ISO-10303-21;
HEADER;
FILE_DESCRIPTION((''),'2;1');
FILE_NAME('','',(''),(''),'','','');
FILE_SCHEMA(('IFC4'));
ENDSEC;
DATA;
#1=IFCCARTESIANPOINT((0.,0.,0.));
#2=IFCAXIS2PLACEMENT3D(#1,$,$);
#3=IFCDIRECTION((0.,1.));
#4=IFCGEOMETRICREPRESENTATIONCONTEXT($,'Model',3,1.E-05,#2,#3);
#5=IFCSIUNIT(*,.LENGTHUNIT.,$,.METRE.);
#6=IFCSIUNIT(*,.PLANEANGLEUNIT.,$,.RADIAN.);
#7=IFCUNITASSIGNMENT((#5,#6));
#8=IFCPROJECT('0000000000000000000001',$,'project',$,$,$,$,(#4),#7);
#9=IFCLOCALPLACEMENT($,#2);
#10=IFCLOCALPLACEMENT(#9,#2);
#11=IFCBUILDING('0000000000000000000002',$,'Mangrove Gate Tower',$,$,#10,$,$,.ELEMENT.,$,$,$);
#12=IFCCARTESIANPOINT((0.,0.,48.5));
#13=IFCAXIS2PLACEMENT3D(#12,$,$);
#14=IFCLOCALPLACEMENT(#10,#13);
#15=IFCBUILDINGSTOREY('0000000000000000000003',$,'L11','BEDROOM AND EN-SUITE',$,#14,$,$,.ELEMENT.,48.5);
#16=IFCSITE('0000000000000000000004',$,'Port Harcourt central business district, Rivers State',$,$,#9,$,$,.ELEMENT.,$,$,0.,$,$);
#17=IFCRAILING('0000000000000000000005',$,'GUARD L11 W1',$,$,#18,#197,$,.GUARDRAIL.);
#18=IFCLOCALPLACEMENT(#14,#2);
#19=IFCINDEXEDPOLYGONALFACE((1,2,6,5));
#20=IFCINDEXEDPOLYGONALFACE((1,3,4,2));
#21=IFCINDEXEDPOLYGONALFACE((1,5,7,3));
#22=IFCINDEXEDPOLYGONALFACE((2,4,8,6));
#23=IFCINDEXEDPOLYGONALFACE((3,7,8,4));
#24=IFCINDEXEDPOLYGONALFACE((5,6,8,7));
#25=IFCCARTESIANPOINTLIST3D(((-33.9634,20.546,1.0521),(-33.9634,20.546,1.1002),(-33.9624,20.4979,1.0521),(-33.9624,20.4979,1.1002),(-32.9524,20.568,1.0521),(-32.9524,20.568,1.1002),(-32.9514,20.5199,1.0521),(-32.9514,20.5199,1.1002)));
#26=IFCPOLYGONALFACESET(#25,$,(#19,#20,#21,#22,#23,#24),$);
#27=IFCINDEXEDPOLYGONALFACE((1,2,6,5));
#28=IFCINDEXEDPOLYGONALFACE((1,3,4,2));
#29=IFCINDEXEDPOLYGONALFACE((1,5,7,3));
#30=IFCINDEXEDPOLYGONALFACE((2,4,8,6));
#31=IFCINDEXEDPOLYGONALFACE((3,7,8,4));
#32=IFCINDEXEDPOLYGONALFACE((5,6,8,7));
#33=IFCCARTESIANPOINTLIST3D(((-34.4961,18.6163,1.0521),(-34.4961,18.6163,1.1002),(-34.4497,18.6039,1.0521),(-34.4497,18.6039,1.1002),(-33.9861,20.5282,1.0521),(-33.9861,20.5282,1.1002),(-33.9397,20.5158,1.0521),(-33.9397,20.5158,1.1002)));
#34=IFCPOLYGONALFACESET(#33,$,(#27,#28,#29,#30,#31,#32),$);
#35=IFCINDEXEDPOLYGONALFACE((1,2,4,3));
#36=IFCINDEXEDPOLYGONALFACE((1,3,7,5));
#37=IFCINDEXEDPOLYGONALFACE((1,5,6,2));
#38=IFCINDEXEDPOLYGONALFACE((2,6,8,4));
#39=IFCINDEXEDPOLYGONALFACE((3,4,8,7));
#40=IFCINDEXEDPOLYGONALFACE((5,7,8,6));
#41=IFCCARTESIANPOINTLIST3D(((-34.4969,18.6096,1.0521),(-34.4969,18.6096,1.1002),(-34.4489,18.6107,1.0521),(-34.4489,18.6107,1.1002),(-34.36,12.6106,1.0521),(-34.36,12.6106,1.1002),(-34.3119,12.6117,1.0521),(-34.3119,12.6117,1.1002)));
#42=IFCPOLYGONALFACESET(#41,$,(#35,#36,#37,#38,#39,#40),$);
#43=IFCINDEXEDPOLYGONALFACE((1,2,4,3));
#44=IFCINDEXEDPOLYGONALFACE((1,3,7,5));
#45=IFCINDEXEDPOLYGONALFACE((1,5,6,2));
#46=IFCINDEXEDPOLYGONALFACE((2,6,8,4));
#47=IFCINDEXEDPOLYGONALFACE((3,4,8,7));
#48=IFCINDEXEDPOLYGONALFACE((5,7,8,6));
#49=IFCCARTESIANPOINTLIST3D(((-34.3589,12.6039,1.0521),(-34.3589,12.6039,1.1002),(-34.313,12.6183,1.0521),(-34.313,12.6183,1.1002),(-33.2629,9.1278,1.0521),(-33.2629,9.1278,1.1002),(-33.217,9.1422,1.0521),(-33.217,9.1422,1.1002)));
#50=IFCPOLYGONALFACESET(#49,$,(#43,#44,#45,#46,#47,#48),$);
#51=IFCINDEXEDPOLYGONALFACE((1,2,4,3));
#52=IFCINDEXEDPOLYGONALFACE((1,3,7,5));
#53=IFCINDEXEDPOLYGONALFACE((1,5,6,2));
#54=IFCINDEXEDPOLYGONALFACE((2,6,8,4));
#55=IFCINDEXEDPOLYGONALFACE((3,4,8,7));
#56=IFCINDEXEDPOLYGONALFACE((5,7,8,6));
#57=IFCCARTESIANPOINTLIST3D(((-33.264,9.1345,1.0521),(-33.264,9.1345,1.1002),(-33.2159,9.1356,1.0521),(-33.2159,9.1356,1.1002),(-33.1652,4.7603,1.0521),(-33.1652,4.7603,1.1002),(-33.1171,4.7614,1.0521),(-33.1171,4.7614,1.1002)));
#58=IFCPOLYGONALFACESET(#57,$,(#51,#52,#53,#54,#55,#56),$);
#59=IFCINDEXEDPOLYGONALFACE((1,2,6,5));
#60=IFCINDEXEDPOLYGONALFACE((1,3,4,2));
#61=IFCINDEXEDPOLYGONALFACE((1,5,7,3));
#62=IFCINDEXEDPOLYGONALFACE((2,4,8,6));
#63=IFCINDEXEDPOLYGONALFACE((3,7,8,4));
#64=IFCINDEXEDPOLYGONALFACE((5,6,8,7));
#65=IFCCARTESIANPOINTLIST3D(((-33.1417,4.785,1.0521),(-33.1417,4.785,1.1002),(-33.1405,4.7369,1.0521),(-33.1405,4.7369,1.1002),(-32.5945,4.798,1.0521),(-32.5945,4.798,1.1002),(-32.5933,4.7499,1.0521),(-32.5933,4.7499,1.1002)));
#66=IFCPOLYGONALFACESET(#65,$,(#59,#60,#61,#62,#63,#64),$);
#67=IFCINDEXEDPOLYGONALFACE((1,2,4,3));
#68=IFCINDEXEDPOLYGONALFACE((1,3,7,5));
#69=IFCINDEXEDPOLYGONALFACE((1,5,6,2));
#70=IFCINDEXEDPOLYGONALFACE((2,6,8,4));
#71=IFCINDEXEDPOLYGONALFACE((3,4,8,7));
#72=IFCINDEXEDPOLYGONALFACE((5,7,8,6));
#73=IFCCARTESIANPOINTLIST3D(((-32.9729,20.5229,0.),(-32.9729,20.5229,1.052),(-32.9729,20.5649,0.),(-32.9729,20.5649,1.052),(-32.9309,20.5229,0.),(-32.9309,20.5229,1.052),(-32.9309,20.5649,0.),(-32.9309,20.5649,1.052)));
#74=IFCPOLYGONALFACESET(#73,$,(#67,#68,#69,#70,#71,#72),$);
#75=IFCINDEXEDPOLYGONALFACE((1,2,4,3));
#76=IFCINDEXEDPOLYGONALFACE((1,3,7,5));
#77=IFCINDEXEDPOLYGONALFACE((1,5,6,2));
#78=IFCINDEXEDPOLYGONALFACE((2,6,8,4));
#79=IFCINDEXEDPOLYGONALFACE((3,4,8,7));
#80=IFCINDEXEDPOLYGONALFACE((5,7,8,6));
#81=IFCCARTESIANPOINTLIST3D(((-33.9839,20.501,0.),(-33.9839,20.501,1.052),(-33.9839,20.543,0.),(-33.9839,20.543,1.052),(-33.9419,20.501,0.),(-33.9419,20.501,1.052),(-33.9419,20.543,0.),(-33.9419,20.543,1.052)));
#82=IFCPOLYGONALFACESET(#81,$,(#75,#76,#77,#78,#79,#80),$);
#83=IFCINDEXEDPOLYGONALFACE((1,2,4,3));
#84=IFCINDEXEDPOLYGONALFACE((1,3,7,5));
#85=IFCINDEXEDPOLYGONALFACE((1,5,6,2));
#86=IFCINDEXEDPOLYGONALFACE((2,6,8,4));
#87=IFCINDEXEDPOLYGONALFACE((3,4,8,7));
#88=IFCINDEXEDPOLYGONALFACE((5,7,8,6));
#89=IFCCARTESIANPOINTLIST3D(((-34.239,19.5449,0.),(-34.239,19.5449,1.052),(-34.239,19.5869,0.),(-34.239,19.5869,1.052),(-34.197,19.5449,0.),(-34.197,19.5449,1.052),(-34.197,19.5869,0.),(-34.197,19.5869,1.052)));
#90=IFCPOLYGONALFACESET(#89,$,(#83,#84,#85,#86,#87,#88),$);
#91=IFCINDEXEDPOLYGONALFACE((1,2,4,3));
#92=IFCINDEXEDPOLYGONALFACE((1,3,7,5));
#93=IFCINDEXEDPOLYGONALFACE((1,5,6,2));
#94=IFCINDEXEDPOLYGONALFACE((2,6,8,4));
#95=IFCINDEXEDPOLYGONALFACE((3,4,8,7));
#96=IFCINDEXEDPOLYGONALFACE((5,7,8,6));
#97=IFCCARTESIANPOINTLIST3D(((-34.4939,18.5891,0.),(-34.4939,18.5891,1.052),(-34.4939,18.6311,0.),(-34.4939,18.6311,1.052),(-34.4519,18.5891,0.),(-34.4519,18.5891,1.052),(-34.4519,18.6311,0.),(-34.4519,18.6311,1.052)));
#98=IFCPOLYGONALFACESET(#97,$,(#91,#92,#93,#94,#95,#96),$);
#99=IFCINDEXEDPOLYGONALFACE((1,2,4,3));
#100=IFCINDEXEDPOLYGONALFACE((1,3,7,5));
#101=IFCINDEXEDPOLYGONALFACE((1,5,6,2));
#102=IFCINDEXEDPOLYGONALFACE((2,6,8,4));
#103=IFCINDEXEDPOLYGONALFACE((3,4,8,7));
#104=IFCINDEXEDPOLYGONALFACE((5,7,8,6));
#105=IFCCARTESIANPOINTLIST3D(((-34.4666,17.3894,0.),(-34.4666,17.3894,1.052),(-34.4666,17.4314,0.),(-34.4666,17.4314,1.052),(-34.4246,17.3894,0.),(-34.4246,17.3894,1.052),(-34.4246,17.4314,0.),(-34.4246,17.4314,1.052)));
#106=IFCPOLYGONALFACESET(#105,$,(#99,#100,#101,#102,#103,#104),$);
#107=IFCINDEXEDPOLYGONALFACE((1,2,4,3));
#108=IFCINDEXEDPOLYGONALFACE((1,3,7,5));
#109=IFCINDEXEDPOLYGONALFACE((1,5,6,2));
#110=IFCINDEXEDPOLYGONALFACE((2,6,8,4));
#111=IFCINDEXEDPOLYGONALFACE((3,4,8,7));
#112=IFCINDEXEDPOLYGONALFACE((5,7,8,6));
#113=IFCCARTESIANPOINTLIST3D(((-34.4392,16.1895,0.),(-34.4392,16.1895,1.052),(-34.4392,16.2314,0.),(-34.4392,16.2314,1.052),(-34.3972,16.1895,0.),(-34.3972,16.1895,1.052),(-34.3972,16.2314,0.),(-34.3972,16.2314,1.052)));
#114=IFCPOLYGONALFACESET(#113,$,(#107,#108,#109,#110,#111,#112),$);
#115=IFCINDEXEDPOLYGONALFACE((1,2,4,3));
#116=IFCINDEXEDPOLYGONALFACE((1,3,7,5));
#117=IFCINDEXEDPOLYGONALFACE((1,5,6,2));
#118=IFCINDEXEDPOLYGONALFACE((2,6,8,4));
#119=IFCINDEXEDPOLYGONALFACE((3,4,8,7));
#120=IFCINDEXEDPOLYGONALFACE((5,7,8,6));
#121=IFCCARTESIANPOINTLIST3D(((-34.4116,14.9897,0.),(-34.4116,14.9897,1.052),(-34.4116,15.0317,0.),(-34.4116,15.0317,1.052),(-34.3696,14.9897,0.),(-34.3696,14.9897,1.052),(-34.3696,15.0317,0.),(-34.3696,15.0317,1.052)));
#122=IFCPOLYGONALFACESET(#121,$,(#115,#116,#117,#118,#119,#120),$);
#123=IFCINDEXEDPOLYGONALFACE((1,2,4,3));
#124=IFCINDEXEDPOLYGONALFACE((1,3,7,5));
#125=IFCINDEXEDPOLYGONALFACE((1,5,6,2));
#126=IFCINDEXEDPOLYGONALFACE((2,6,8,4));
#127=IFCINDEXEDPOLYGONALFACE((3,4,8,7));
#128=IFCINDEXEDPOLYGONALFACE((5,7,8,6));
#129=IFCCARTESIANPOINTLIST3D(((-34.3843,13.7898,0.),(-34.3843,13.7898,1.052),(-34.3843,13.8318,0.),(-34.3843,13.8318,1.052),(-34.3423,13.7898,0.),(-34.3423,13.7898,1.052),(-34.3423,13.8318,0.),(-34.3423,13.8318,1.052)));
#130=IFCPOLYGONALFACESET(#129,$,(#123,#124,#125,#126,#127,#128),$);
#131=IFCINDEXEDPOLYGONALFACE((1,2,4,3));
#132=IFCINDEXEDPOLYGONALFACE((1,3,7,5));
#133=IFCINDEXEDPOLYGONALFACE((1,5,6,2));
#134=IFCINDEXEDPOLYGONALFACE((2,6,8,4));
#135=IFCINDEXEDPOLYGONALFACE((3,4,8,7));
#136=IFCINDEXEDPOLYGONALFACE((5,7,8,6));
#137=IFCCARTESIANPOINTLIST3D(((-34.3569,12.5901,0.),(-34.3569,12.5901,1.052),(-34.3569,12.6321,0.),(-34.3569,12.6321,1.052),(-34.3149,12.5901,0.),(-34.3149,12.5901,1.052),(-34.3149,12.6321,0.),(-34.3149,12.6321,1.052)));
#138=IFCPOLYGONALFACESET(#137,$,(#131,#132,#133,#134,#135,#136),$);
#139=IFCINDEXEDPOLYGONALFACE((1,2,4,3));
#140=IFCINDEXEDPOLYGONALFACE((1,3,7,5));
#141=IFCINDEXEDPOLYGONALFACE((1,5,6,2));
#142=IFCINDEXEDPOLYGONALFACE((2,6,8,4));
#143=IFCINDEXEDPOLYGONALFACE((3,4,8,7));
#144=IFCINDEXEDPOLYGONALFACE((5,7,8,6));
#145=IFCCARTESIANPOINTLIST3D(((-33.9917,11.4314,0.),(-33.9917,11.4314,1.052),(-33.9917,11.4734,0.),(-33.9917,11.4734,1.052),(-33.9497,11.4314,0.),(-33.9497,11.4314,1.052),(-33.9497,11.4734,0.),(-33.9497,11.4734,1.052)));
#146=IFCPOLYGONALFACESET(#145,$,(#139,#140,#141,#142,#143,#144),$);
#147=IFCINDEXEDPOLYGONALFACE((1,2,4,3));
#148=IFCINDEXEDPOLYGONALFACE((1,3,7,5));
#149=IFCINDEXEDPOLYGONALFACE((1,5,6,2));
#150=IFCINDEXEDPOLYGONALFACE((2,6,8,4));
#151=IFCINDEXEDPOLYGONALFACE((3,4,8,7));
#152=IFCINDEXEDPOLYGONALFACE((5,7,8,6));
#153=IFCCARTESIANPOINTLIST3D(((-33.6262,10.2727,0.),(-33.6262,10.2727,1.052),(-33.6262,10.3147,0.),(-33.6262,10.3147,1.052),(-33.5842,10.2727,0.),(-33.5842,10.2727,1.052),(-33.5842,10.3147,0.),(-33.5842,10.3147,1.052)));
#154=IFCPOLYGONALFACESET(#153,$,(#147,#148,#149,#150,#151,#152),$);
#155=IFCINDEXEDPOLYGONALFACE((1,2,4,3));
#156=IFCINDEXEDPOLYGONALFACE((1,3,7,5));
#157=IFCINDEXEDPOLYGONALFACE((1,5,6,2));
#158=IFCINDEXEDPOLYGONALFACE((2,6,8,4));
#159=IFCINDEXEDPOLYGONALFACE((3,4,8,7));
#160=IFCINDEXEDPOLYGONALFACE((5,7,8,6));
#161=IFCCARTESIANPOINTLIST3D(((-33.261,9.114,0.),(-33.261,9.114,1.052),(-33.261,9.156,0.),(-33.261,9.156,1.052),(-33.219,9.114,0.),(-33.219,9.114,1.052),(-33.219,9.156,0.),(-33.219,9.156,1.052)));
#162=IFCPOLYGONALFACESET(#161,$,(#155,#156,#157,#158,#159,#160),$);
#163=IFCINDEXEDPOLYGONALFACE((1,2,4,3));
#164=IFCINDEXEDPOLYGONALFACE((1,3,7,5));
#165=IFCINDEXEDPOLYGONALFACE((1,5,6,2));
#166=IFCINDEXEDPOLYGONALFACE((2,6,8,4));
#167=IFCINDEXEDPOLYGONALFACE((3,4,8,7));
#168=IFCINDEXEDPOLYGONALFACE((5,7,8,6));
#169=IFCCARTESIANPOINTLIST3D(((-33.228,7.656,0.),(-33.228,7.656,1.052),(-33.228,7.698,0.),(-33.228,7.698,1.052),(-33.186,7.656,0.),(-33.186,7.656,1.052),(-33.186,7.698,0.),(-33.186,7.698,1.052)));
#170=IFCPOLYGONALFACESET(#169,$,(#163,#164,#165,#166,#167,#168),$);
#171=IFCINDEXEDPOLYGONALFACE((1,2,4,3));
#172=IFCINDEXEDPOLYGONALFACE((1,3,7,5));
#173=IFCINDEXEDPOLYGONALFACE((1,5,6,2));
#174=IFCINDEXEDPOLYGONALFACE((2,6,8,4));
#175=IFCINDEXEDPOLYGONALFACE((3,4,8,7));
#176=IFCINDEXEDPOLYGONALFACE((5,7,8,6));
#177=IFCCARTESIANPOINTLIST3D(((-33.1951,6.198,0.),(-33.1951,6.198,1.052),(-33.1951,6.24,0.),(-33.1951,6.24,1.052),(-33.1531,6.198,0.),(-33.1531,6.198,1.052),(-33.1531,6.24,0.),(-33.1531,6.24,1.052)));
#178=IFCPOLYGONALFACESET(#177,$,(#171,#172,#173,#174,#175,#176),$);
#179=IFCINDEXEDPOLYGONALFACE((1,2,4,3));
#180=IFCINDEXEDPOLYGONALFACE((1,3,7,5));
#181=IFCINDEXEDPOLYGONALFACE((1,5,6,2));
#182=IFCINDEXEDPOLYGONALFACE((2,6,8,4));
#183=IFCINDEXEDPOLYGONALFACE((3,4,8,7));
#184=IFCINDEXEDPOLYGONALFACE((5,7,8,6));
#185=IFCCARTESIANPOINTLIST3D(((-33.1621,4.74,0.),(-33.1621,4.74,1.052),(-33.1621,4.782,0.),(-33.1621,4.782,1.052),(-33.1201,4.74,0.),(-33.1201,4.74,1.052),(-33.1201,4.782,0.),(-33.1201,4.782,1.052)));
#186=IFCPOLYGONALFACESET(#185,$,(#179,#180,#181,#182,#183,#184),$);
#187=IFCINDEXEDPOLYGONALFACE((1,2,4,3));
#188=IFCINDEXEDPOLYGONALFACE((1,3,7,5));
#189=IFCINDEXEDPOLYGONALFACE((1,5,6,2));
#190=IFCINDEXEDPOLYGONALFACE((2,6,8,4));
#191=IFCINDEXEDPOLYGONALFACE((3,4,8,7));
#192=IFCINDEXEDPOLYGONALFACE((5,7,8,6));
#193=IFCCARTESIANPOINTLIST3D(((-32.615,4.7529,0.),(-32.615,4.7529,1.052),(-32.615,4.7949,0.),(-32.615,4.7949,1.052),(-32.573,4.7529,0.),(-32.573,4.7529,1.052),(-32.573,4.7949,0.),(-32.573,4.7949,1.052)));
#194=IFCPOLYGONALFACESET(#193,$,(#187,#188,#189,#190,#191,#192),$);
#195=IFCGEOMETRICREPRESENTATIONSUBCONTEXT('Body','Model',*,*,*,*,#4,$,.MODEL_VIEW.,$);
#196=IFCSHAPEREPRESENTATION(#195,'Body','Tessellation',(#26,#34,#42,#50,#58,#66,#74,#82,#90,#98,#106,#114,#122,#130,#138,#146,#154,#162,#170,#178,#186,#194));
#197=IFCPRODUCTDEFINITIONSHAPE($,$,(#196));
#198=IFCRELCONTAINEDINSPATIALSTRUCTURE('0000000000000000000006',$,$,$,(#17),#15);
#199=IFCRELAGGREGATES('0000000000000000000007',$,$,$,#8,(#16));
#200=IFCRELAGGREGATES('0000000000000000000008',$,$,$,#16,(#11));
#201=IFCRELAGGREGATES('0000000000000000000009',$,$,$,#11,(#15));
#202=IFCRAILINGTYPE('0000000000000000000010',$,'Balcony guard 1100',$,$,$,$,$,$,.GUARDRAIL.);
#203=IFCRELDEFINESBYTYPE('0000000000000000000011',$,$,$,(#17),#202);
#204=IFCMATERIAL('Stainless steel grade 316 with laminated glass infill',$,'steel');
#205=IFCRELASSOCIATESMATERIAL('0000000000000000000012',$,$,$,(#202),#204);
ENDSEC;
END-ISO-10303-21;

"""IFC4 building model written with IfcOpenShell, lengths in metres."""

from ifc_helpers import new_model, si_unit, direction, frame, origin, origin_2d, place, context, subcontext, project, spatial, rectangle, extrude, material, type_object, element, save


model = new_model("IFC4")

# Units and contexts
model_context = context("Model", 3, precision=1e-05, world=origin(), true_north=direction((0.0, 1.0)))
body_context = subcontext(model_context, "Body", "Model", "MODEL_VIEW")
ifc_project = project(units=[si_unit("LENGTHUNIT", "METRE"), si_unit("PLANEANGLEUNIT", "RADIAN")], contexts=[model_context])

# Site, building, storey
site_placement = place(None, origin())
site = spatial("IfcSite", under=ifc_project, at=site_placement, Name="Port Harcourt central business district, Rivers State", CompositionType="ELEMENT", RefElevation=0.0)
building_placement = place(site_placement, origin())
building = spatial("IfcBuilding", under=site, at=building_placement, Name="Mangrove Gate Tower", CompositionType="ELEMENT")
storey_placement = place(building_placement, frame((0.0, 0.0, 48.5)))
storey = spatial("IfcBuildingStorey", under=building, at=storey_placement, Name="L11", Description="BEDROOM AND EN-SUITE", CompositionType="ELEMENT", Elevation=48.5)

# Railing
ifc_material_1 = material(Name="Stainless steel grade 316 with laminated glass infill", Category="steel")
railing_type = type_object("IfcRailingType", Name="Balcony guard 1100", PredefinedType="GUARDRAIL", material=ifc_material_1)
railing_placement = place(storey_placement, frame((-32.9519, 20.5439, 0.0)))
element("IfcRailing", 1, at=railing_placement, inside=storey, type_object=railing_type, Name="GUARD L11 W1", PredefinedType="GUARDRAIL", context=body_context, shape_type="SweptSolid", body=[
    extrude(rectangle(XDim=0.0481, YDim=0.0481, at=origin_2d()), frame((0.0, 0.0, 1.0762), z_axis=(-0.999764, -0.021729, 0.0), x_axis=(0.021729, -0.999764, 0.0)), (0.0, 0.0, 1.0), 1.0112),
    extrude(rectangle(XDim=0.0481, YDim=0.0481, at=origin_2d()), frame((-1.011, -0.022, 1.0762), z_axis=(-0.257747, -0.966212, 0.0), x_axis=(0.966212, -0.257747, 0.0)), (0.0, 0.0, 1.0), 1.9788),
    extrude(rectangle(XDim=0.0481, YDim=0.0481, at=origin_2d()), frame((-1.521, -1.9338, 1.0762), z_axis=(0.022825, -0.999739, 0.0), x_axis=(0.999739, 0.022825, 0.0)), (0.0, 0.0, 1.0), 6.0005),
    extrude(rectangle(XDim=0.0481, YDim=0.0481, at=origin_2d()), frame((-1.384, -7.9329, 1.0762), z_axis=(0.300692, -0.953721, 0.0), x_axis=(0.953721, 0.300692, 0.0)), (0.0, 0.0, 1.0), 3.6448),
    extrude(rectangle(XDim=0.0481, YDim=0.0481, at=origin_2d()), frame((-0.2881, -11.4089, 1.0762), z_axis=(0.0226, -0.999745, 0.0), x_axis=(0.999745, 0.0226, 0.0)), (0.0, 0.0, 1.0), 4.3752),
    extrude(rectangle(XDim=0.0481, YDim=0.0481, at=origin_2d()), frame((-0.1892, -15.783, 1.0762), z_axis=(0.99972, 0.023644, 0.0), x_axis=(-0.023644, 0.99972, 0.0)), (0.0, 0.0, 1.0), 0.5474),
    extrude(rectangle(XDim=0.042, YDim=0.042, at=origin_2d()), origin(), (0.0, 0.0, 1.0), 1.052),
    extrude(rectangle(XDim=0.042, YDim=0.042, at=origin_2d()), frame((-1.011, -0.022, 0.0)), (0.0, 0.0, 1.0), 1.052),
    extrude(rectangle(XDim=0.042, YDim=0.042, at=origin_2d()), frame((-1.2661, -0.978, 0.0)), (0.0, 0.0, 1.0), 1.052),
    extrude(rectangle(XDim=0.042, YDim=0.042, at=origin_2d()), frame((-1.521, -1.9338, 0.0)), (0.0, 0.0, 1.0), 1.052),
    extrude(rectangle(XDim=0.042, YDim=0.042, at=origin_2d()), frame((-1.4937, -3.1335, 0.0)), (0.0, 0.0, 1.0), 1.052),
    extrude(rectangle(XDim=0.042, YDim=0.042, at=origin_2d()), frame((-1.4663, -4.3335, 0.0)), (0.0, 0.0, 1.0), 1.052),
    extrude(rectangle(XDim=0.042, YDim=0.042, at=origin_2d()), frame((-1.4387, -5.5332, 0.0)), (0.0, 0.0, 1.0), 1.052),
    extrude(rectangle(XDim=0.042, YDim=0.042, at=origin_2d()), frame((-1.4114, -6.7332, 0.0)), (0.0, 0.0, 1.0), 1.052),
    extrude(rectangle(XDim=0.042, YDim=0.042, at=origin_2d()), frame((-1.384, -7.9329, 0.0)), (0.0, 0.0, 1.0), 1.052),
    extrude(rectangle(XDim=0.042, YDim=0.042, at=origin_2d()), frame((-1.0188, -9.0916, 0.0)), (0.0, 0.0, 1.0), 1.052),
    extrude(rectangle(XDim=0.042, YDim=0.042, at=origin_2d()), frame((-0.6533, -10.2502, 0.0)), (0.0, 0.0, 1.0), 1.052),
    extrude(rectangle(XDim=0.042, YDim=0.042, at=origin_2d()), frame((-0.2881, -11.4089, 0.0)), (0.0, 0.0, 1.0), 1.052),
    extrude(rectangle(XDim=0.042, YDim=0.042, at=origin_2d()), frame((-0.2551, -12.8669, 0.0)), (0.0, 0.0, 1.0), 1.052),
    extrude(rectangle(XDim=0.042, YDim=0.042, at=origin_2d()), frame((-0.2222, -14.325, 0.0)), (0.0, 0.0, 1.0), 1.052),
    extrude(rectangle(XDim=0.042, YDim=0.042, at=origin_2d()), frame((-0.1892, -15.783, 0.0)), (0.0, 0.0, 1.0), 1.052),
    extrude(rectangle(XDim=0.042, YDim=0.042, at=origin_2d()), frame((0.3579, -15.77, 0.0)), (0.0, 0.0, 1.0), 1.052),
])

save(model, "model.ifc")
